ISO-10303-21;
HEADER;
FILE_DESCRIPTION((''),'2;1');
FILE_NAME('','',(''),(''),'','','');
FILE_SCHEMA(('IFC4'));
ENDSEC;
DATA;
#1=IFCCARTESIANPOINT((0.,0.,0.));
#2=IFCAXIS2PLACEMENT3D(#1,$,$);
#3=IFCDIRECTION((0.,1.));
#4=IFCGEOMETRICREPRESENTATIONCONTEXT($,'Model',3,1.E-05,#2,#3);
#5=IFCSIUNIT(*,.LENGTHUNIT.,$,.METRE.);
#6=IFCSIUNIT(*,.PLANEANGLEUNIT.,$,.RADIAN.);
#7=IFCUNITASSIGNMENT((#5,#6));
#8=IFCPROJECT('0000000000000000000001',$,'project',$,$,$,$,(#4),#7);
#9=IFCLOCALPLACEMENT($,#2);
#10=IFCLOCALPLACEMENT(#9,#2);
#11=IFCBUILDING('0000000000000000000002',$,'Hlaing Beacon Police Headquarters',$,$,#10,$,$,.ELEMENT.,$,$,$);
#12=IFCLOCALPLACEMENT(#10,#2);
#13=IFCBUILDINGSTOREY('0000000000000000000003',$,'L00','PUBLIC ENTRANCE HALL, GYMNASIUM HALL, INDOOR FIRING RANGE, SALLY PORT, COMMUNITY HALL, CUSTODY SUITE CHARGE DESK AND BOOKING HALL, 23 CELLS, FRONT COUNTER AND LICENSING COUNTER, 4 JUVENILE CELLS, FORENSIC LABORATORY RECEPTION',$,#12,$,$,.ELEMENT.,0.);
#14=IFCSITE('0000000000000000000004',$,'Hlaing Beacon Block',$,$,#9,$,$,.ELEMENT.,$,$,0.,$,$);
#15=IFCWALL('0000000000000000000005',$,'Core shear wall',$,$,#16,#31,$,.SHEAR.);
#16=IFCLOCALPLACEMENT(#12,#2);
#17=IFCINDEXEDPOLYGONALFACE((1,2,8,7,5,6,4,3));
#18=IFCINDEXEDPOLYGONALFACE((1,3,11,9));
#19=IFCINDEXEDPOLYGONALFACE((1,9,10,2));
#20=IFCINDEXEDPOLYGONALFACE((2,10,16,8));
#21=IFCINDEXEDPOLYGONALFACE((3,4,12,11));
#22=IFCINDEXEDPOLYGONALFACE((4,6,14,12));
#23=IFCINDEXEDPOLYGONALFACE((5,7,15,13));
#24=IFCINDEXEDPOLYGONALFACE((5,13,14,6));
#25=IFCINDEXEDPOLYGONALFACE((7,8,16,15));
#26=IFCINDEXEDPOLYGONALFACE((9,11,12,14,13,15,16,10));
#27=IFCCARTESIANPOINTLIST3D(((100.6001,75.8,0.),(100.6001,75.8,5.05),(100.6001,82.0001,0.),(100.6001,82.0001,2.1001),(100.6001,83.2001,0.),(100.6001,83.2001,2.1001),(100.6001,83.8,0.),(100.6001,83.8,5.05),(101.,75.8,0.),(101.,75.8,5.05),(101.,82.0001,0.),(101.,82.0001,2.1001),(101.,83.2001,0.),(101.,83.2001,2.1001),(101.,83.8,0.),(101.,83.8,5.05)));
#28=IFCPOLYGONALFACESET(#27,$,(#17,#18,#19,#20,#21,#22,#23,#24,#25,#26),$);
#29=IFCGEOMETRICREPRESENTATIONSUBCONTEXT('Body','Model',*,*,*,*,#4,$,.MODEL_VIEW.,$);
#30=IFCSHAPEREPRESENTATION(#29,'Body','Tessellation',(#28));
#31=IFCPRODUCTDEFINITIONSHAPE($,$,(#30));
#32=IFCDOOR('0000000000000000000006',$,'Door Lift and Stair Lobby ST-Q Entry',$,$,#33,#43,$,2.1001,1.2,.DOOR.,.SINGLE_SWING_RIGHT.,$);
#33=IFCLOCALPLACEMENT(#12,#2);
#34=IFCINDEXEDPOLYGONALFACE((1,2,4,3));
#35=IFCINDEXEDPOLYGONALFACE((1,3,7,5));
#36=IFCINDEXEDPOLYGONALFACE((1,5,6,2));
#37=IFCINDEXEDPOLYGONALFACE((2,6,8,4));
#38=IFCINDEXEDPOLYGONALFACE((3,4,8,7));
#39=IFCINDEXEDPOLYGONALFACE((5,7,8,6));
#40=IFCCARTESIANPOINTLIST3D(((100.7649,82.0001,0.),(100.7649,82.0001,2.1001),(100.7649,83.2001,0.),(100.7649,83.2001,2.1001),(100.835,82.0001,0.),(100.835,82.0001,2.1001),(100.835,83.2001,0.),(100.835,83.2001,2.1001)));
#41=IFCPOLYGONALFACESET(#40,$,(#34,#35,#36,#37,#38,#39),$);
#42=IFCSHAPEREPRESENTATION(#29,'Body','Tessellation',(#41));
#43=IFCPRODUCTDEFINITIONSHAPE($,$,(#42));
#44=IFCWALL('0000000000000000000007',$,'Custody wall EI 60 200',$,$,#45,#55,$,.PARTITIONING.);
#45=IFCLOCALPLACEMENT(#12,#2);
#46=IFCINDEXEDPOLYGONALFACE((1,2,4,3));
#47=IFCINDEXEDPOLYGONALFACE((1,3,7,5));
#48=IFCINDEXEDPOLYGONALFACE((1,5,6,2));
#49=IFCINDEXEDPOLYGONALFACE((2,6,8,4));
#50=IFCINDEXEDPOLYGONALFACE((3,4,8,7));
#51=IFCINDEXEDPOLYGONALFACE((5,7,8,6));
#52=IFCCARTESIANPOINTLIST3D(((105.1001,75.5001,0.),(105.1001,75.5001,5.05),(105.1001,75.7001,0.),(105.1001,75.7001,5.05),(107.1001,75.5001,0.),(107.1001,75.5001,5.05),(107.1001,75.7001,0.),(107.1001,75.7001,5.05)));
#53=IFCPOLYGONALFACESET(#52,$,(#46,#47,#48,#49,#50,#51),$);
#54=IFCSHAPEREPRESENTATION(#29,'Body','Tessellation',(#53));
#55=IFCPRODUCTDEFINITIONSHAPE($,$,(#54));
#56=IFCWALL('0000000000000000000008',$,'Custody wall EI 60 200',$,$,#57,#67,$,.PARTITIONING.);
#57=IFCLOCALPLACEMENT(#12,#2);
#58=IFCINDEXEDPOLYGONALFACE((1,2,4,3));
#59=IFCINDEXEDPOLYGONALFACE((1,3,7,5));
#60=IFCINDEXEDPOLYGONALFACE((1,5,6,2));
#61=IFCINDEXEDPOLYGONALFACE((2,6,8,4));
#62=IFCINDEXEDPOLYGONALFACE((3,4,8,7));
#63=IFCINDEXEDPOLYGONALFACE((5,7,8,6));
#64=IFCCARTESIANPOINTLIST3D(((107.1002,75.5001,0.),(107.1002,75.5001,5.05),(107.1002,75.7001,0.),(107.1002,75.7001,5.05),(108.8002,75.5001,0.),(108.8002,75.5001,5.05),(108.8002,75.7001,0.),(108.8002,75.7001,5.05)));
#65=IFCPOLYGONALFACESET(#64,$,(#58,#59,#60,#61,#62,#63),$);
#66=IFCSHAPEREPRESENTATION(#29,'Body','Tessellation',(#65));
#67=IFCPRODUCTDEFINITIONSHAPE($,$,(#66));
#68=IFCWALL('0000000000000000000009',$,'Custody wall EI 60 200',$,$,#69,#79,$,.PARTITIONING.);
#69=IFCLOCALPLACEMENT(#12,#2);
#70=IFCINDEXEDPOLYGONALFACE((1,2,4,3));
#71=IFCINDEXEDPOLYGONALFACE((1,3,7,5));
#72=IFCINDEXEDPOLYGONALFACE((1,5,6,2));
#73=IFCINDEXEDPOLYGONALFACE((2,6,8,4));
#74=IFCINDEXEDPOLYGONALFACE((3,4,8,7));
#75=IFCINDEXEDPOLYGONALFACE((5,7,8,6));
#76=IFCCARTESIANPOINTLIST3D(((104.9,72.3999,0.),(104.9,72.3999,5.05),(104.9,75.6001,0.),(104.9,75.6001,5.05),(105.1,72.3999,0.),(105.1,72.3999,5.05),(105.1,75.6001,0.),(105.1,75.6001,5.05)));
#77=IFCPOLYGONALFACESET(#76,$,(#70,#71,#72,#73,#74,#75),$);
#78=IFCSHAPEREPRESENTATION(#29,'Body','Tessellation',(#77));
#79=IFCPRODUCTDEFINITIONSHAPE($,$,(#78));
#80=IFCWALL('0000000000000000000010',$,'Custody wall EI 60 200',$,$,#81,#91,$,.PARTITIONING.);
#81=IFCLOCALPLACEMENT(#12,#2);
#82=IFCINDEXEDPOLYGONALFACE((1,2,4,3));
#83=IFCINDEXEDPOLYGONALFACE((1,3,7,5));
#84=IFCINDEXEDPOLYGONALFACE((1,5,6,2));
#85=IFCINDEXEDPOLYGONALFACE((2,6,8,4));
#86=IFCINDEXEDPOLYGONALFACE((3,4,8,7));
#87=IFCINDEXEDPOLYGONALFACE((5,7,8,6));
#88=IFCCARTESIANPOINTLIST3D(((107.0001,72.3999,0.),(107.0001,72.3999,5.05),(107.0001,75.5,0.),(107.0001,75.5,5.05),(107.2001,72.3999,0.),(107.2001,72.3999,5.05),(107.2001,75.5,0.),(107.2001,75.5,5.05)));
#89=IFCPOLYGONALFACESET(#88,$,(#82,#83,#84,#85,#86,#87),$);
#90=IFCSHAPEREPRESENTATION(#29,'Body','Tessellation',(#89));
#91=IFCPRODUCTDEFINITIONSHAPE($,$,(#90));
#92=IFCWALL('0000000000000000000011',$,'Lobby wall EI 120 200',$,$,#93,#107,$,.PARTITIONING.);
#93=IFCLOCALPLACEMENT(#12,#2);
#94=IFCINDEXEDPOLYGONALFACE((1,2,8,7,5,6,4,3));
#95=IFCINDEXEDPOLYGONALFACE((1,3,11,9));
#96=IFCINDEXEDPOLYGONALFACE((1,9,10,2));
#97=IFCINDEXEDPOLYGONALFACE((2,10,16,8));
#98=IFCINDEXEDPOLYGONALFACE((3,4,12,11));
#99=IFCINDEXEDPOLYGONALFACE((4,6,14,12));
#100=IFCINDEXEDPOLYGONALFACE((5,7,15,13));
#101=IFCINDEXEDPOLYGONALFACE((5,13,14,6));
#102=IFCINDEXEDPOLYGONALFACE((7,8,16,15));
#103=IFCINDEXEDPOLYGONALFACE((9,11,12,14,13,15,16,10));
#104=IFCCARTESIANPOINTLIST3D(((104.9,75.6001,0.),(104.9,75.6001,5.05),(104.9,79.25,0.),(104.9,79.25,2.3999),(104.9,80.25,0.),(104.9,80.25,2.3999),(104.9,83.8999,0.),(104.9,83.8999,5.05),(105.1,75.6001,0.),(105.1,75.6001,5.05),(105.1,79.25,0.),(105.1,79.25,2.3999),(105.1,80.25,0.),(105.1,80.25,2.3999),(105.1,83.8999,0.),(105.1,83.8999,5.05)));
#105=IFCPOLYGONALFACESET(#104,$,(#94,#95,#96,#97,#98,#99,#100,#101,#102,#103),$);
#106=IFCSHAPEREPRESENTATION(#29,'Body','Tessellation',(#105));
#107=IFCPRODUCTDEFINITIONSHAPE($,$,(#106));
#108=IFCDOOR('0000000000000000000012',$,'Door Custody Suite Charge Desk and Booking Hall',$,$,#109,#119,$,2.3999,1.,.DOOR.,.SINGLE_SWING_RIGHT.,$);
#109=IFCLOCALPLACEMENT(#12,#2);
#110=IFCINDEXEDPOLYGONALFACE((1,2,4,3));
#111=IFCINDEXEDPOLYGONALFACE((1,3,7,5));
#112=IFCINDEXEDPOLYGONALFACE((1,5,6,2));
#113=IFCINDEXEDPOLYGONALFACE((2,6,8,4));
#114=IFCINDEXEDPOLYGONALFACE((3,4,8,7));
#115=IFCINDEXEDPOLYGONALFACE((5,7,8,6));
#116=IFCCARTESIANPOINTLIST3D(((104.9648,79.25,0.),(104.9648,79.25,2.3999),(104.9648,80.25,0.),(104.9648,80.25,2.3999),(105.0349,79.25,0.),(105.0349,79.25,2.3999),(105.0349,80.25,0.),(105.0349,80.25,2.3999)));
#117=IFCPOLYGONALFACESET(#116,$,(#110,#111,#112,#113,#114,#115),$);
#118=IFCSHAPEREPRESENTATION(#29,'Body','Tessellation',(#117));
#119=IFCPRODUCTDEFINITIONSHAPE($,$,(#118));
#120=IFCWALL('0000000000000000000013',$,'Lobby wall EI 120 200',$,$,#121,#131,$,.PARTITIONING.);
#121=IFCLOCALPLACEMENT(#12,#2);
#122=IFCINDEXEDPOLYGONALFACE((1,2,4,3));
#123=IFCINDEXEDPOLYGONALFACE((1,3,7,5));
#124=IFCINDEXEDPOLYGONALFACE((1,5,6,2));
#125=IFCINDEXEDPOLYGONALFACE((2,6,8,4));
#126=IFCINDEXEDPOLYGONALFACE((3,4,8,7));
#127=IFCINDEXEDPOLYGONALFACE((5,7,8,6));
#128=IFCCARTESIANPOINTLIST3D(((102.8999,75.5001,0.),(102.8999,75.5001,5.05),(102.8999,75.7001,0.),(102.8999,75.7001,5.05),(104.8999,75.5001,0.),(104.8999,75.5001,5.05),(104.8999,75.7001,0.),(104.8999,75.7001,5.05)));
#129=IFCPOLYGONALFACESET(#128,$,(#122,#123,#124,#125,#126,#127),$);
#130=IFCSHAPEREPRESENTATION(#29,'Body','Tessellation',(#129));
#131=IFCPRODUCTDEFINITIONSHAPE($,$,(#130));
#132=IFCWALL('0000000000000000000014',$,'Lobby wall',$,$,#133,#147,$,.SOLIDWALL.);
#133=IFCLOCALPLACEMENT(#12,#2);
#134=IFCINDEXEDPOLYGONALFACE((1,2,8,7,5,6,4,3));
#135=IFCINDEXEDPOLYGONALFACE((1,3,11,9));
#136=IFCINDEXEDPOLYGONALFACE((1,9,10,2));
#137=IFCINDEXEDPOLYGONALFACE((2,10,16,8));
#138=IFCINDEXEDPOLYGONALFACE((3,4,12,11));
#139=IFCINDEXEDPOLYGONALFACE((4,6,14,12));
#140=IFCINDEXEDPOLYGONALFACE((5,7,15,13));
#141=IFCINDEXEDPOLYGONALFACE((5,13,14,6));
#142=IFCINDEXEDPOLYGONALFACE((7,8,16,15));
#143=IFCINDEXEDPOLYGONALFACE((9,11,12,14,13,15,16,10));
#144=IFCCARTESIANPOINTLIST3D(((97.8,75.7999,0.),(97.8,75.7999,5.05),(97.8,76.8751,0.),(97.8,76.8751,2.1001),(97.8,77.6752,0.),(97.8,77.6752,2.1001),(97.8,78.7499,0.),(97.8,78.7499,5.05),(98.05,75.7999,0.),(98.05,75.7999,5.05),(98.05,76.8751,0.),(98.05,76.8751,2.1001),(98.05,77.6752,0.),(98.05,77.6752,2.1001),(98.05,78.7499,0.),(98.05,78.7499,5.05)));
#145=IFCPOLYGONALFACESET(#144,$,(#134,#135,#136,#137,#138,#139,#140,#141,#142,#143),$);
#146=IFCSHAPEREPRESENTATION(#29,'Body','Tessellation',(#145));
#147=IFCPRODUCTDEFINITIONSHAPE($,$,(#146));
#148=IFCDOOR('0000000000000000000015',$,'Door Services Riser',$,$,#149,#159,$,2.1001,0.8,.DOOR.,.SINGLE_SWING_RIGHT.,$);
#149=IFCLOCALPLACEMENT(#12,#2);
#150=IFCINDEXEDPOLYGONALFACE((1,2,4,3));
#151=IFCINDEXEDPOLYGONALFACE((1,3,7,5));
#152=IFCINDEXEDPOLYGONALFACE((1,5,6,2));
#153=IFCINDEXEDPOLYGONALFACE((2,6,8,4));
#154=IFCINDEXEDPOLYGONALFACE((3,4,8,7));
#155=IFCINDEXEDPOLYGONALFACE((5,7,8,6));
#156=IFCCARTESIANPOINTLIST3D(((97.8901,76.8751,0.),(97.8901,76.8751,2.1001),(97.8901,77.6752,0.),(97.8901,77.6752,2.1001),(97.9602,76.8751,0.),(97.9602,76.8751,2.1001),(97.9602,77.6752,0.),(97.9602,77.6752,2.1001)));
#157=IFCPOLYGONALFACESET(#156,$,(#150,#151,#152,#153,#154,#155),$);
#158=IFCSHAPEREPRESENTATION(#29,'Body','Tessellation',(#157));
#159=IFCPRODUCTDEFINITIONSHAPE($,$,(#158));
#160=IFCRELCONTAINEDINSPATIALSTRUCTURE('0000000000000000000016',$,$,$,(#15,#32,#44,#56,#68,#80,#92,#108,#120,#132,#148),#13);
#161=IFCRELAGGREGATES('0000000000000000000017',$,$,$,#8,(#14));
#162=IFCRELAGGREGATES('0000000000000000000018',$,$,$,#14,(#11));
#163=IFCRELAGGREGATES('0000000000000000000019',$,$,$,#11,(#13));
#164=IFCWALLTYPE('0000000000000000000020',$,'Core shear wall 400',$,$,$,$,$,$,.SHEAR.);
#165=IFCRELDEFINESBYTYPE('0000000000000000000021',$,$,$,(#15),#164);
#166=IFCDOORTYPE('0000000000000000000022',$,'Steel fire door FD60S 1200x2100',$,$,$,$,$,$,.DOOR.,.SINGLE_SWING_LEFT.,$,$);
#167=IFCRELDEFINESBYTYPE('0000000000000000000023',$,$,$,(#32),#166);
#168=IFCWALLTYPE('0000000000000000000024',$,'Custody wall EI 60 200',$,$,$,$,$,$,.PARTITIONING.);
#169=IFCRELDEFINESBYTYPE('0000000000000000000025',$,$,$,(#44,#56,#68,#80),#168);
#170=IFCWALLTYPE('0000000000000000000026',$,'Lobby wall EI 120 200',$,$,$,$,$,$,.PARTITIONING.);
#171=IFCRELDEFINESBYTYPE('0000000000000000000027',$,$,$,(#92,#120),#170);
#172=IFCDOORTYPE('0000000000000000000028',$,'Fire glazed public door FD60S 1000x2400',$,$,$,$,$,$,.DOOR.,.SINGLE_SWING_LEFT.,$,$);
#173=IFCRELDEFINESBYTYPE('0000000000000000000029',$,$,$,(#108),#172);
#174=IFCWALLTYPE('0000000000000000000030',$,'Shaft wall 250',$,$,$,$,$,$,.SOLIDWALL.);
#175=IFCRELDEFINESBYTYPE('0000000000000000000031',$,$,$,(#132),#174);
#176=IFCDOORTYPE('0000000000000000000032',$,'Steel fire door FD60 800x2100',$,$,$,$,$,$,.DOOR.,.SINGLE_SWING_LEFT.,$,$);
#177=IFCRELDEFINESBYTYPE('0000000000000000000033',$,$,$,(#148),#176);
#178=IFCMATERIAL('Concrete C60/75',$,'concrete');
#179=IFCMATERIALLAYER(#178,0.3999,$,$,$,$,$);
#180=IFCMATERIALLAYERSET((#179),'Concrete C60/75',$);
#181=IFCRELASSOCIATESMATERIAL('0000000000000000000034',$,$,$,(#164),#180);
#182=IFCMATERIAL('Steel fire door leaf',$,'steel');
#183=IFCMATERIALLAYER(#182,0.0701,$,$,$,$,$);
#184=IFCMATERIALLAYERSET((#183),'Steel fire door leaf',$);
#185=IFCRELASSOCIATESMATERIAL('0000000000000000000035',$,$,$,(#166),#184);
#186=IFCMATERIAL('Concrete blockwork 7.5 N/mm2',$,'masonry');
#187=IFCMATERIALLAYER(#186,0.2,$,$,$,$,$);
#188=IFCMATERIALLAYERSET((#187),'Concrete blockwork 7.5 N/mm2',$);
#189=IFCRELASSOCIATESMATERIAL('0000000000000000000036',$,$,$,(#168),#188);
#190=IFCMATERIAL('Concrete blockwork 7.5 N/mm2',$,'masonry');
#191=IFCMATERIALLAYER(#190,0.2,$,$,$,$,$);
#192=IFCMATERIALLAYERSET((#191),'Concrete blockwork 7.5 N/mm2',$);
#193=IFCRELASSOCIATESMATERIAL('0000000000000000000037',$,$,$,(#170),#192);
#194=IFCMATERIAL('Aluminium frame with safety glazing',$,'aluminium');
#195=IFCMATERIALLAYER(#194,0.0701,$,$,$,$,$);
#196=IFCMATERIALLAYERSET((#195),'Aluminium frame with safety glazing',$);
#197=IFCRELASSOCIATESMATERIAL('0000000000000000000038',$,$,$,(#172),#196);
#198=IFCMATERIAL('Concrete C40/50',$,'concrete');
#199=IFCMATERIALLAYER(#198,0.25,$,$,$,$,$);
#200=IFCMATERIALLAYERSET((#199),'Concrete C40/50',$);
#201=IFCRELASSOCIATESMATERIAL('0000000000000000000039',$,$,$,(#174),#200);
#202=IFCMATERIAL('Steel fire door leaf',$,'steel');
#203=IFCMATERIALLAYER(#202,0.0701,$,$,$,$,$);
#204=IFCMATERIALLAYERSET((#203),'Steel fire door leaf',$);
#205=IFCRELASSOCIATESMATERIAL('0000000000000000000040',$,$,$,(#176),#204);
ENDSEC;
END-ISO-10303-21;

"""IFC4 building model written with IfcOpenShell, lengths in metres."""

from ifc_helpers import new_model, si_unit, direction, frame, frame_2d, origin, place, context, subcontext, project, spatial, rectangle, extrude, material, layer, layer_set, type_object, element, fill, save


model = new_model("IFC4")

# Units and contexts
model_context = context("Model", 3, precision=1e-05, world=origin(), true_north=direction((0.0, 1.0)))
body_context = subcontext(model_context, "Body", "Model", "MODEL_VIEW")
ifc_project = project(units=[si_unit("LENGTHUNIT", "METRE"), si_unit("PLANEANGLEUNIT", "RADIAN")], contexts=[model_context])

# Site, building, storey
site_placement = place(None, origin())
site = spatial("IfcSite", under=ifc_project, at=site_placement, Name="Hlaing Beacon Block", CompositionType="ELEMENT", RefElevation=0.0)
building_placement = place(site_placement, origin())
building = spatial("IfcBuilding", under=site, at=building_placement, Name="Hlaing Beacon Police Headquarters", CompositionType="ELEMENT")
storey_placement = place(building_placement, origin())
storey = spatial("IfcBuildingStorey", under=building, at=storey_placement, Name="L00", Description="PUBLIC ENTRANCE HALL, GYMNASIUM HALL, INDOOR FIRING RANGE, SALLY PORT, COMMUNITY HALL, CUSTODY SUITE CHARGE DESK AND BOOKING HALL, 23 CELLS, FRONT COUNTER AND LICENSING COUNTER, 4 JUVENILE CELLS, FORENSIC LABORATORY RECEPTION", CompositionType="ELEMENT", Elevation=0.0)

# Wall, opening, door
ifc_material_1 = material(Name="Concrete C60/75", Category="concrete")
ifc_layer_1 = layer(ifc_material_1, 0.3999)
ifc_layer_set_1 = layer_set([ifc_layer_1], Name="Concrete C60/75")
wall_type_1 = type_object("IfcWallType", Name="Core shear wall 400", PredefinedType="SHEAR", material=ifc_layer_set_1)
wall_1_placement = place(storey_placement, frame((100.8, 75.8, 0.0), z_axis=(0.0, 0.0, 1.0), x_axis=(0.0, 1.0, 0.0)))
wall_1 = element("IfcWall", 1, at=wall_1_placement, inside=storey, type_object=wall_type_1, Name="Core shear wall", PredefinedType="SHEAR", context=body_context, shape_type="SweptSolid", body=[
    extrude(rectangle(XDim=8.0, YDim=0.3999, at=frame_2d((4.0, 0.0))), origin(), (0.0, 0.0, 1.0), 5.05),
])
opening_1_placement = place(wall_1_placement, frame((6.2, 0.0, 0.0)))
opening_1 = element("IfcOpeningElement", 2, at=opening_1_placement, cuts=wall_1, PredefinedType="OPENING", context=body_context, shape_type="SweptSolid", body=[
    extrude(rectangle(XDim=1.2, YDim=2.1001, at=frame_2d((0.6001, 1.05))), frame((0.0, 0.21, 0.0), z_axis=(0.0, -1.0, 0.0), x_axis=(1.0, 0.0, 0.0)), (0.0, 0.0, 1.0), 0.4199),
])
ifc_material_2 = material(Name="Steel fire door leaf", Category="steel")
ifc_layer_2 = layer(ifc_material_2, 0.0701)
ifc_layer_set_2 = layer_set([ifc_layer_2], Name="Steel fire door leaf")
door_type_1 = type_object("IfcDoorType", Name="Steel fire door FD60S 1200x2100", OperationType="SINGLE_SWING_LEFT", PredefinedType="DOOR", material=ifc_layer_set_2)
door_1_placement = place(opening_1_placement, origin())
door_1 = element("IfcDoor", 3, at=door_1_placement, inside=storey, type_object=door_type_1, Name="Door Lift and Stair Lobby ST-Q Entry", OperationType="SINGLE_SWING_RIGHT", OverallHeight=2.1001, OverallWidth=1.2, PredefinedType="DOOR", context=body_context, shape_type="SweptSolid", body=[
    extrude(rectangle(XDim=1.2, YDim=2.1001, at=frame_2d((0.6001, 1.05))), frame((0.0, 0.0352, 0.0), z_axis=(0.0, -1.0, 0.0), x_axis=(1.0, 0.0, 0.0)), (0.0, 0.0, 1.0), 0.0701),
])
fill(opening_1, door_1)

# Walls
ifc_material_3 = material(Name="Concrete blockwork 7.5 N/mm2", Category="masonry")
ifc_layer_3 = layer(ifc_material_3, 0.2)
ifc_layer_set_3 = layer_set([ifc_layer_3], Name="Concrete blockwork 7.5 N/mm2")
wall_type_2 = type_object("IfcWallType", Name="Custody wall EI 60 200", PredefinedType="PARTITIONING", material=ifc_layer_set_3)
wall_2_placement = place(storey_placement, frame((105.1001, 75.6001, 0.0), z_axis=(0.0, 0.0, 1.0), x_axis=(1.0, 0.0, 0.0)))
element("IfcWall", 4, at=wall_2_placement, inside=storey, type_object=wall_type_2, Name="Custody wall EI 60 200", PredefinedType="PARTITIONING", context=body_context, shape_type="SweptSolid", body=[
    extrude(rectangle(XDim=2.0, YDim=0.2, at=frame_2d((1.0, 0.0))), origin(), (0.0, 0.0, 1.0), 5.05),
])
wall_3_placement = place(storey_placement, frame((107.1001, 75.6001, 0.0), z_axis=(0.0, 0.0, 1.0), x_axis=(1.0, 0.0, 0.0)))
element("IfcWall", 5, at=wall_3_placement, inside=storey, type_object=wall_type_2, Name="Custody wall EI 60 200", PredefinedType="PARTITIONING", context=body_context, shape_type="SweptSolid", body=[
    extrude(rectangle(XDim=1.7, YDim=0.2, at=frame_2d((0.8501, 0.0))), origin(), (0.0, 0.0, 1.0), 5.05),
])
wall_4_placement = place(storey_placement, frame((105.0, 72.3999, 0.0), z_axis=(0.0, 0.0, 1.0), x_axis=(0.0, 1.0, 0.0)))
element("IfcWall", 6, at=wall_4_placement, inside=storey, type_object=wall_type_2, Name="Custody wall EI 60 200", PredefinedType="PARTITIONING", context=body_context, shape_type="SweptSolid", body=[
    extrude(rectangle(XDim=3.2002, YDim=0.2, at=frame_2d((1.6001, 0.0))), origin(), (0.0, 0.0, 1.0), 5.05),
])
wall_5_placement = place(storey_placement, frame((107.1001, 72.3999, 0.0), z_axis=(0.0, 0.0, 1.0), x_axis=(0.0, 1.0, 0.0)))
element("IfcWall", 7, at=wall_5_placement, inside=storey, type_object=wall_type_2, Name="Custody wall EI 60 200", PredefinedType="PARTITIONING", context=body_context, shape_type="SweptSolid", body=[
    extrude(rectangle(XDim=3.1001, YDim=0.2, at=frame_2d((1.55, 0.0))), origin(), (0.0, 0.0, 1.0), 5.05),
])

# Wall, opening, door
ifc_material_4 = material(Name="Concrete blockwork 7.5 N/mm2", Category="masonry")
ifc_layer_4 = layer(ifc_material_4, 0.2)
ifc_layer_set_4 = layer_set([ifc_layer_4], Name="Concrete blockwork 7.5 N/mm2")
wall_type_3 = type_object("IfcWallType", Name="Lobby wall EI 120 200", PredefinedType="PARTITIONING", material=ifc_layer_set_4)
wall_6_placement = place(storey_placement, frame((105.0, 75.6001, 0.0), z_axis=(0.0, 0.0, 1.0), x_axis=(0.0, 1.0, 0.0)))
wall_6 = element("IfcWall", 8, at=wall_6_placement, inside=storey, type_object=wall_type_3, Name="Lobby wall EI 120 200", PredefinedType="PARTITIONING", context=body_context, shape_type="SweptSolid", body=[
    extrude(rectangle(XDim=8.2998, YDim=0.2, at=frame_2d((4.1499, 0.0))), origin(), (0.0, 0.0, 1.0), 5.05),
])
opening_2_placement = place(wall_6_placement, frame((3.6499, 0.0, 0.0)))
opening_2 = element("IfcOpeningElement", 9, at=opening_2_placement, cuts=wall_6, PredefinedType="OPENING", context=body_context, shape_type="SweptSolid", body=[
    extrude(rectangle(XDim=1.0, YDim=2.3999, at=frame_2d((0.5, 1.2))), frame((0.0, 0.1099, 0.0), z_axis=(0.0, -1.0, 0.0), x_axis=(1.0, 0.0, 0.0)), (0.0, 0.0, 1.0), 0.22),
])
ifc_material_5 = material(Name="Aluminium frame with safety glazing", Category="aluminium")
ifc_layer_5 = layer(ifc_material_5, 0.0701)
ifc_layer_set_5 = layer_set([ifc_layer_5], Name="Aluminium frame with safety glazing")
door_type_2 = type_object("IfcDoorType", Name="Fire glazed public door FD60S 1000x2400", OperationType="SINGLE_SWING_LEFT", PredefinedType="DOOR", material=ifc_layer_set_5)
door_2_placement = place(opening_2_placement, frame((1.0, 0.0, 0.0), z_axis=(0.0, 0.0, 1.0), x_axis=(-1.0, 0.0, 0.0)))
door_2 = element("IfcDoor", 10, at=door_2_placement, inside=storey, type_object=door_type_2, Name="Door Custody Suite Charge Desk and Booking Hall", OperationType="SINGLE_SWING_RIGHT", OverallHeight=2.3999, OverallWidth=1.0, PredefinedType="DOOR", context=body_context, shape_type="SweptSolid", body=[
    extrude(rectangle(XDim=1.0, YDim=2.3999, at=frame_2d((0.5, 1.2))), frame((0.0, 0.0349, 0.0), z_axis=(0.0, -1.0, 0.0), x_axis=(1.0, 0.0, 0.0)), (0.0, 0.0, 1.0), 0.0701),
])
fill(opening_2, door_2)

# Wall
wall_7_placement = place(storey_placement, frame((102.8999, 75.6001, 0.0), z_axis=(0.0, 0.0, 1.0), x_axis=(1.0, 0.0, 0.0)))
element("IfcWall", 11, at=wall_7_placement, inside=storey, type_object=wall_type_3, Name="Lobby wall EI 120 200", PredefinedType="PARTITIONING", context=body_context, shape_type="SweptSolid", body=[
    extrude(rectangle(XDim=2.0, YDim=0.2, at=frame_2d((1.0, 0.0))), origin(), (0.0, 0.0, 1.0), 5.05),
])

# Wall, opening, door
ifc_material_6 = material(Name="Concrete C40/50", Category="concrete")
ifc_layer_6 = layer(ifc_material_6, 0.25)
ifc_layer_set_6 = layer_set([ifc_layer_6], Name="Concrete C40/50")
wall_type_4 = type_object("IfcWallType", Name="Shaft wall 250", PredefinedType="SOLIDWALL", material=ifc_layer_set_6)
wall_8_placement = place(storey_placement, frame((97.925, 78.75, 0.0), z_axis=(0.0, 0.0, 1.0), x_axis=(0.0, -1.0, 0.0)))
wall_8 = element("IfcWall", 12, at=wall_8_placement, inside=storey, type_object=wall_type_4, Name="Lobby wall", PredefinedType="SOLIDWALL", context=body_context, shape_type="SweptSolid", body=[
    extrude(rectangle(XDim=2.95, YDim=0.25, at=frame_2d((1.4751, 0.0))), origin(), (0.0, 0.0, 1.0), 5.05),
])
opening_3_placement = place(wall_8_placement, frame((1.075, 0.0, 0.0)))
opening_3 = element("IfcOpeningElement", 13, at=opening_3_placement, cuts=wall_8, PredefinedType="OPENING", context=body_context, shape_type="SweptSolid", body=[
    extrude(rectangle(XDim=0.8, YDim=2.1001, at=frame_2d((0.3999, 1.05))), frame((0.0, 0.135, 0.0), z_axis=(0.0, -1.0, 0.0), x_axis=(1.0, 0.0, 0.0)), (0.0, 0.0, 1.0), 0.27),
])
ifc_material_7 = material(Name="Steel fire door leaf", Category="steel")
ifc_layer_7 = layer(ifc_material_7, 0.0701)
ifc_layer_set_7 = layer_set([ifc_layer_7], Name="Steel fire door leaf")
door_type_3 = type_object("IfcDoorType", Name="Steel fire door FD60 800x2100", OperationType="SINGLE_SWING_LEFT", PredefinedType="DOOR", material=ifc_layer_set_7)
door_3_placement = place(opening_3_placement, origin())
door_3 = element("IfcDoor", 14, at=door_3_placement, inside=storey, type_object=door_type_3, Name="Door Services Riser", OperationType="SINGLE_SWING_RIGHT", OverallHeight=2.1001, OverallWidth=0.8, PredefinedType="DOOR", context=body_context, shape_type="SweptSolid", body=[
    extrude(rectangle(XDim=0.8, YDim=2.1001, at=frame_2d((0.3999, 1.05))), frame((0.0, 0.0352, 0.0), z_axis=(0.0, -1.0, 0.0), x_axis=(1.0, 0.0, 0.0)), (0.0, 0.0, 1.0), 0.0701),
])
fill(opening_3, door_3)

save(model, "model.ifc")
